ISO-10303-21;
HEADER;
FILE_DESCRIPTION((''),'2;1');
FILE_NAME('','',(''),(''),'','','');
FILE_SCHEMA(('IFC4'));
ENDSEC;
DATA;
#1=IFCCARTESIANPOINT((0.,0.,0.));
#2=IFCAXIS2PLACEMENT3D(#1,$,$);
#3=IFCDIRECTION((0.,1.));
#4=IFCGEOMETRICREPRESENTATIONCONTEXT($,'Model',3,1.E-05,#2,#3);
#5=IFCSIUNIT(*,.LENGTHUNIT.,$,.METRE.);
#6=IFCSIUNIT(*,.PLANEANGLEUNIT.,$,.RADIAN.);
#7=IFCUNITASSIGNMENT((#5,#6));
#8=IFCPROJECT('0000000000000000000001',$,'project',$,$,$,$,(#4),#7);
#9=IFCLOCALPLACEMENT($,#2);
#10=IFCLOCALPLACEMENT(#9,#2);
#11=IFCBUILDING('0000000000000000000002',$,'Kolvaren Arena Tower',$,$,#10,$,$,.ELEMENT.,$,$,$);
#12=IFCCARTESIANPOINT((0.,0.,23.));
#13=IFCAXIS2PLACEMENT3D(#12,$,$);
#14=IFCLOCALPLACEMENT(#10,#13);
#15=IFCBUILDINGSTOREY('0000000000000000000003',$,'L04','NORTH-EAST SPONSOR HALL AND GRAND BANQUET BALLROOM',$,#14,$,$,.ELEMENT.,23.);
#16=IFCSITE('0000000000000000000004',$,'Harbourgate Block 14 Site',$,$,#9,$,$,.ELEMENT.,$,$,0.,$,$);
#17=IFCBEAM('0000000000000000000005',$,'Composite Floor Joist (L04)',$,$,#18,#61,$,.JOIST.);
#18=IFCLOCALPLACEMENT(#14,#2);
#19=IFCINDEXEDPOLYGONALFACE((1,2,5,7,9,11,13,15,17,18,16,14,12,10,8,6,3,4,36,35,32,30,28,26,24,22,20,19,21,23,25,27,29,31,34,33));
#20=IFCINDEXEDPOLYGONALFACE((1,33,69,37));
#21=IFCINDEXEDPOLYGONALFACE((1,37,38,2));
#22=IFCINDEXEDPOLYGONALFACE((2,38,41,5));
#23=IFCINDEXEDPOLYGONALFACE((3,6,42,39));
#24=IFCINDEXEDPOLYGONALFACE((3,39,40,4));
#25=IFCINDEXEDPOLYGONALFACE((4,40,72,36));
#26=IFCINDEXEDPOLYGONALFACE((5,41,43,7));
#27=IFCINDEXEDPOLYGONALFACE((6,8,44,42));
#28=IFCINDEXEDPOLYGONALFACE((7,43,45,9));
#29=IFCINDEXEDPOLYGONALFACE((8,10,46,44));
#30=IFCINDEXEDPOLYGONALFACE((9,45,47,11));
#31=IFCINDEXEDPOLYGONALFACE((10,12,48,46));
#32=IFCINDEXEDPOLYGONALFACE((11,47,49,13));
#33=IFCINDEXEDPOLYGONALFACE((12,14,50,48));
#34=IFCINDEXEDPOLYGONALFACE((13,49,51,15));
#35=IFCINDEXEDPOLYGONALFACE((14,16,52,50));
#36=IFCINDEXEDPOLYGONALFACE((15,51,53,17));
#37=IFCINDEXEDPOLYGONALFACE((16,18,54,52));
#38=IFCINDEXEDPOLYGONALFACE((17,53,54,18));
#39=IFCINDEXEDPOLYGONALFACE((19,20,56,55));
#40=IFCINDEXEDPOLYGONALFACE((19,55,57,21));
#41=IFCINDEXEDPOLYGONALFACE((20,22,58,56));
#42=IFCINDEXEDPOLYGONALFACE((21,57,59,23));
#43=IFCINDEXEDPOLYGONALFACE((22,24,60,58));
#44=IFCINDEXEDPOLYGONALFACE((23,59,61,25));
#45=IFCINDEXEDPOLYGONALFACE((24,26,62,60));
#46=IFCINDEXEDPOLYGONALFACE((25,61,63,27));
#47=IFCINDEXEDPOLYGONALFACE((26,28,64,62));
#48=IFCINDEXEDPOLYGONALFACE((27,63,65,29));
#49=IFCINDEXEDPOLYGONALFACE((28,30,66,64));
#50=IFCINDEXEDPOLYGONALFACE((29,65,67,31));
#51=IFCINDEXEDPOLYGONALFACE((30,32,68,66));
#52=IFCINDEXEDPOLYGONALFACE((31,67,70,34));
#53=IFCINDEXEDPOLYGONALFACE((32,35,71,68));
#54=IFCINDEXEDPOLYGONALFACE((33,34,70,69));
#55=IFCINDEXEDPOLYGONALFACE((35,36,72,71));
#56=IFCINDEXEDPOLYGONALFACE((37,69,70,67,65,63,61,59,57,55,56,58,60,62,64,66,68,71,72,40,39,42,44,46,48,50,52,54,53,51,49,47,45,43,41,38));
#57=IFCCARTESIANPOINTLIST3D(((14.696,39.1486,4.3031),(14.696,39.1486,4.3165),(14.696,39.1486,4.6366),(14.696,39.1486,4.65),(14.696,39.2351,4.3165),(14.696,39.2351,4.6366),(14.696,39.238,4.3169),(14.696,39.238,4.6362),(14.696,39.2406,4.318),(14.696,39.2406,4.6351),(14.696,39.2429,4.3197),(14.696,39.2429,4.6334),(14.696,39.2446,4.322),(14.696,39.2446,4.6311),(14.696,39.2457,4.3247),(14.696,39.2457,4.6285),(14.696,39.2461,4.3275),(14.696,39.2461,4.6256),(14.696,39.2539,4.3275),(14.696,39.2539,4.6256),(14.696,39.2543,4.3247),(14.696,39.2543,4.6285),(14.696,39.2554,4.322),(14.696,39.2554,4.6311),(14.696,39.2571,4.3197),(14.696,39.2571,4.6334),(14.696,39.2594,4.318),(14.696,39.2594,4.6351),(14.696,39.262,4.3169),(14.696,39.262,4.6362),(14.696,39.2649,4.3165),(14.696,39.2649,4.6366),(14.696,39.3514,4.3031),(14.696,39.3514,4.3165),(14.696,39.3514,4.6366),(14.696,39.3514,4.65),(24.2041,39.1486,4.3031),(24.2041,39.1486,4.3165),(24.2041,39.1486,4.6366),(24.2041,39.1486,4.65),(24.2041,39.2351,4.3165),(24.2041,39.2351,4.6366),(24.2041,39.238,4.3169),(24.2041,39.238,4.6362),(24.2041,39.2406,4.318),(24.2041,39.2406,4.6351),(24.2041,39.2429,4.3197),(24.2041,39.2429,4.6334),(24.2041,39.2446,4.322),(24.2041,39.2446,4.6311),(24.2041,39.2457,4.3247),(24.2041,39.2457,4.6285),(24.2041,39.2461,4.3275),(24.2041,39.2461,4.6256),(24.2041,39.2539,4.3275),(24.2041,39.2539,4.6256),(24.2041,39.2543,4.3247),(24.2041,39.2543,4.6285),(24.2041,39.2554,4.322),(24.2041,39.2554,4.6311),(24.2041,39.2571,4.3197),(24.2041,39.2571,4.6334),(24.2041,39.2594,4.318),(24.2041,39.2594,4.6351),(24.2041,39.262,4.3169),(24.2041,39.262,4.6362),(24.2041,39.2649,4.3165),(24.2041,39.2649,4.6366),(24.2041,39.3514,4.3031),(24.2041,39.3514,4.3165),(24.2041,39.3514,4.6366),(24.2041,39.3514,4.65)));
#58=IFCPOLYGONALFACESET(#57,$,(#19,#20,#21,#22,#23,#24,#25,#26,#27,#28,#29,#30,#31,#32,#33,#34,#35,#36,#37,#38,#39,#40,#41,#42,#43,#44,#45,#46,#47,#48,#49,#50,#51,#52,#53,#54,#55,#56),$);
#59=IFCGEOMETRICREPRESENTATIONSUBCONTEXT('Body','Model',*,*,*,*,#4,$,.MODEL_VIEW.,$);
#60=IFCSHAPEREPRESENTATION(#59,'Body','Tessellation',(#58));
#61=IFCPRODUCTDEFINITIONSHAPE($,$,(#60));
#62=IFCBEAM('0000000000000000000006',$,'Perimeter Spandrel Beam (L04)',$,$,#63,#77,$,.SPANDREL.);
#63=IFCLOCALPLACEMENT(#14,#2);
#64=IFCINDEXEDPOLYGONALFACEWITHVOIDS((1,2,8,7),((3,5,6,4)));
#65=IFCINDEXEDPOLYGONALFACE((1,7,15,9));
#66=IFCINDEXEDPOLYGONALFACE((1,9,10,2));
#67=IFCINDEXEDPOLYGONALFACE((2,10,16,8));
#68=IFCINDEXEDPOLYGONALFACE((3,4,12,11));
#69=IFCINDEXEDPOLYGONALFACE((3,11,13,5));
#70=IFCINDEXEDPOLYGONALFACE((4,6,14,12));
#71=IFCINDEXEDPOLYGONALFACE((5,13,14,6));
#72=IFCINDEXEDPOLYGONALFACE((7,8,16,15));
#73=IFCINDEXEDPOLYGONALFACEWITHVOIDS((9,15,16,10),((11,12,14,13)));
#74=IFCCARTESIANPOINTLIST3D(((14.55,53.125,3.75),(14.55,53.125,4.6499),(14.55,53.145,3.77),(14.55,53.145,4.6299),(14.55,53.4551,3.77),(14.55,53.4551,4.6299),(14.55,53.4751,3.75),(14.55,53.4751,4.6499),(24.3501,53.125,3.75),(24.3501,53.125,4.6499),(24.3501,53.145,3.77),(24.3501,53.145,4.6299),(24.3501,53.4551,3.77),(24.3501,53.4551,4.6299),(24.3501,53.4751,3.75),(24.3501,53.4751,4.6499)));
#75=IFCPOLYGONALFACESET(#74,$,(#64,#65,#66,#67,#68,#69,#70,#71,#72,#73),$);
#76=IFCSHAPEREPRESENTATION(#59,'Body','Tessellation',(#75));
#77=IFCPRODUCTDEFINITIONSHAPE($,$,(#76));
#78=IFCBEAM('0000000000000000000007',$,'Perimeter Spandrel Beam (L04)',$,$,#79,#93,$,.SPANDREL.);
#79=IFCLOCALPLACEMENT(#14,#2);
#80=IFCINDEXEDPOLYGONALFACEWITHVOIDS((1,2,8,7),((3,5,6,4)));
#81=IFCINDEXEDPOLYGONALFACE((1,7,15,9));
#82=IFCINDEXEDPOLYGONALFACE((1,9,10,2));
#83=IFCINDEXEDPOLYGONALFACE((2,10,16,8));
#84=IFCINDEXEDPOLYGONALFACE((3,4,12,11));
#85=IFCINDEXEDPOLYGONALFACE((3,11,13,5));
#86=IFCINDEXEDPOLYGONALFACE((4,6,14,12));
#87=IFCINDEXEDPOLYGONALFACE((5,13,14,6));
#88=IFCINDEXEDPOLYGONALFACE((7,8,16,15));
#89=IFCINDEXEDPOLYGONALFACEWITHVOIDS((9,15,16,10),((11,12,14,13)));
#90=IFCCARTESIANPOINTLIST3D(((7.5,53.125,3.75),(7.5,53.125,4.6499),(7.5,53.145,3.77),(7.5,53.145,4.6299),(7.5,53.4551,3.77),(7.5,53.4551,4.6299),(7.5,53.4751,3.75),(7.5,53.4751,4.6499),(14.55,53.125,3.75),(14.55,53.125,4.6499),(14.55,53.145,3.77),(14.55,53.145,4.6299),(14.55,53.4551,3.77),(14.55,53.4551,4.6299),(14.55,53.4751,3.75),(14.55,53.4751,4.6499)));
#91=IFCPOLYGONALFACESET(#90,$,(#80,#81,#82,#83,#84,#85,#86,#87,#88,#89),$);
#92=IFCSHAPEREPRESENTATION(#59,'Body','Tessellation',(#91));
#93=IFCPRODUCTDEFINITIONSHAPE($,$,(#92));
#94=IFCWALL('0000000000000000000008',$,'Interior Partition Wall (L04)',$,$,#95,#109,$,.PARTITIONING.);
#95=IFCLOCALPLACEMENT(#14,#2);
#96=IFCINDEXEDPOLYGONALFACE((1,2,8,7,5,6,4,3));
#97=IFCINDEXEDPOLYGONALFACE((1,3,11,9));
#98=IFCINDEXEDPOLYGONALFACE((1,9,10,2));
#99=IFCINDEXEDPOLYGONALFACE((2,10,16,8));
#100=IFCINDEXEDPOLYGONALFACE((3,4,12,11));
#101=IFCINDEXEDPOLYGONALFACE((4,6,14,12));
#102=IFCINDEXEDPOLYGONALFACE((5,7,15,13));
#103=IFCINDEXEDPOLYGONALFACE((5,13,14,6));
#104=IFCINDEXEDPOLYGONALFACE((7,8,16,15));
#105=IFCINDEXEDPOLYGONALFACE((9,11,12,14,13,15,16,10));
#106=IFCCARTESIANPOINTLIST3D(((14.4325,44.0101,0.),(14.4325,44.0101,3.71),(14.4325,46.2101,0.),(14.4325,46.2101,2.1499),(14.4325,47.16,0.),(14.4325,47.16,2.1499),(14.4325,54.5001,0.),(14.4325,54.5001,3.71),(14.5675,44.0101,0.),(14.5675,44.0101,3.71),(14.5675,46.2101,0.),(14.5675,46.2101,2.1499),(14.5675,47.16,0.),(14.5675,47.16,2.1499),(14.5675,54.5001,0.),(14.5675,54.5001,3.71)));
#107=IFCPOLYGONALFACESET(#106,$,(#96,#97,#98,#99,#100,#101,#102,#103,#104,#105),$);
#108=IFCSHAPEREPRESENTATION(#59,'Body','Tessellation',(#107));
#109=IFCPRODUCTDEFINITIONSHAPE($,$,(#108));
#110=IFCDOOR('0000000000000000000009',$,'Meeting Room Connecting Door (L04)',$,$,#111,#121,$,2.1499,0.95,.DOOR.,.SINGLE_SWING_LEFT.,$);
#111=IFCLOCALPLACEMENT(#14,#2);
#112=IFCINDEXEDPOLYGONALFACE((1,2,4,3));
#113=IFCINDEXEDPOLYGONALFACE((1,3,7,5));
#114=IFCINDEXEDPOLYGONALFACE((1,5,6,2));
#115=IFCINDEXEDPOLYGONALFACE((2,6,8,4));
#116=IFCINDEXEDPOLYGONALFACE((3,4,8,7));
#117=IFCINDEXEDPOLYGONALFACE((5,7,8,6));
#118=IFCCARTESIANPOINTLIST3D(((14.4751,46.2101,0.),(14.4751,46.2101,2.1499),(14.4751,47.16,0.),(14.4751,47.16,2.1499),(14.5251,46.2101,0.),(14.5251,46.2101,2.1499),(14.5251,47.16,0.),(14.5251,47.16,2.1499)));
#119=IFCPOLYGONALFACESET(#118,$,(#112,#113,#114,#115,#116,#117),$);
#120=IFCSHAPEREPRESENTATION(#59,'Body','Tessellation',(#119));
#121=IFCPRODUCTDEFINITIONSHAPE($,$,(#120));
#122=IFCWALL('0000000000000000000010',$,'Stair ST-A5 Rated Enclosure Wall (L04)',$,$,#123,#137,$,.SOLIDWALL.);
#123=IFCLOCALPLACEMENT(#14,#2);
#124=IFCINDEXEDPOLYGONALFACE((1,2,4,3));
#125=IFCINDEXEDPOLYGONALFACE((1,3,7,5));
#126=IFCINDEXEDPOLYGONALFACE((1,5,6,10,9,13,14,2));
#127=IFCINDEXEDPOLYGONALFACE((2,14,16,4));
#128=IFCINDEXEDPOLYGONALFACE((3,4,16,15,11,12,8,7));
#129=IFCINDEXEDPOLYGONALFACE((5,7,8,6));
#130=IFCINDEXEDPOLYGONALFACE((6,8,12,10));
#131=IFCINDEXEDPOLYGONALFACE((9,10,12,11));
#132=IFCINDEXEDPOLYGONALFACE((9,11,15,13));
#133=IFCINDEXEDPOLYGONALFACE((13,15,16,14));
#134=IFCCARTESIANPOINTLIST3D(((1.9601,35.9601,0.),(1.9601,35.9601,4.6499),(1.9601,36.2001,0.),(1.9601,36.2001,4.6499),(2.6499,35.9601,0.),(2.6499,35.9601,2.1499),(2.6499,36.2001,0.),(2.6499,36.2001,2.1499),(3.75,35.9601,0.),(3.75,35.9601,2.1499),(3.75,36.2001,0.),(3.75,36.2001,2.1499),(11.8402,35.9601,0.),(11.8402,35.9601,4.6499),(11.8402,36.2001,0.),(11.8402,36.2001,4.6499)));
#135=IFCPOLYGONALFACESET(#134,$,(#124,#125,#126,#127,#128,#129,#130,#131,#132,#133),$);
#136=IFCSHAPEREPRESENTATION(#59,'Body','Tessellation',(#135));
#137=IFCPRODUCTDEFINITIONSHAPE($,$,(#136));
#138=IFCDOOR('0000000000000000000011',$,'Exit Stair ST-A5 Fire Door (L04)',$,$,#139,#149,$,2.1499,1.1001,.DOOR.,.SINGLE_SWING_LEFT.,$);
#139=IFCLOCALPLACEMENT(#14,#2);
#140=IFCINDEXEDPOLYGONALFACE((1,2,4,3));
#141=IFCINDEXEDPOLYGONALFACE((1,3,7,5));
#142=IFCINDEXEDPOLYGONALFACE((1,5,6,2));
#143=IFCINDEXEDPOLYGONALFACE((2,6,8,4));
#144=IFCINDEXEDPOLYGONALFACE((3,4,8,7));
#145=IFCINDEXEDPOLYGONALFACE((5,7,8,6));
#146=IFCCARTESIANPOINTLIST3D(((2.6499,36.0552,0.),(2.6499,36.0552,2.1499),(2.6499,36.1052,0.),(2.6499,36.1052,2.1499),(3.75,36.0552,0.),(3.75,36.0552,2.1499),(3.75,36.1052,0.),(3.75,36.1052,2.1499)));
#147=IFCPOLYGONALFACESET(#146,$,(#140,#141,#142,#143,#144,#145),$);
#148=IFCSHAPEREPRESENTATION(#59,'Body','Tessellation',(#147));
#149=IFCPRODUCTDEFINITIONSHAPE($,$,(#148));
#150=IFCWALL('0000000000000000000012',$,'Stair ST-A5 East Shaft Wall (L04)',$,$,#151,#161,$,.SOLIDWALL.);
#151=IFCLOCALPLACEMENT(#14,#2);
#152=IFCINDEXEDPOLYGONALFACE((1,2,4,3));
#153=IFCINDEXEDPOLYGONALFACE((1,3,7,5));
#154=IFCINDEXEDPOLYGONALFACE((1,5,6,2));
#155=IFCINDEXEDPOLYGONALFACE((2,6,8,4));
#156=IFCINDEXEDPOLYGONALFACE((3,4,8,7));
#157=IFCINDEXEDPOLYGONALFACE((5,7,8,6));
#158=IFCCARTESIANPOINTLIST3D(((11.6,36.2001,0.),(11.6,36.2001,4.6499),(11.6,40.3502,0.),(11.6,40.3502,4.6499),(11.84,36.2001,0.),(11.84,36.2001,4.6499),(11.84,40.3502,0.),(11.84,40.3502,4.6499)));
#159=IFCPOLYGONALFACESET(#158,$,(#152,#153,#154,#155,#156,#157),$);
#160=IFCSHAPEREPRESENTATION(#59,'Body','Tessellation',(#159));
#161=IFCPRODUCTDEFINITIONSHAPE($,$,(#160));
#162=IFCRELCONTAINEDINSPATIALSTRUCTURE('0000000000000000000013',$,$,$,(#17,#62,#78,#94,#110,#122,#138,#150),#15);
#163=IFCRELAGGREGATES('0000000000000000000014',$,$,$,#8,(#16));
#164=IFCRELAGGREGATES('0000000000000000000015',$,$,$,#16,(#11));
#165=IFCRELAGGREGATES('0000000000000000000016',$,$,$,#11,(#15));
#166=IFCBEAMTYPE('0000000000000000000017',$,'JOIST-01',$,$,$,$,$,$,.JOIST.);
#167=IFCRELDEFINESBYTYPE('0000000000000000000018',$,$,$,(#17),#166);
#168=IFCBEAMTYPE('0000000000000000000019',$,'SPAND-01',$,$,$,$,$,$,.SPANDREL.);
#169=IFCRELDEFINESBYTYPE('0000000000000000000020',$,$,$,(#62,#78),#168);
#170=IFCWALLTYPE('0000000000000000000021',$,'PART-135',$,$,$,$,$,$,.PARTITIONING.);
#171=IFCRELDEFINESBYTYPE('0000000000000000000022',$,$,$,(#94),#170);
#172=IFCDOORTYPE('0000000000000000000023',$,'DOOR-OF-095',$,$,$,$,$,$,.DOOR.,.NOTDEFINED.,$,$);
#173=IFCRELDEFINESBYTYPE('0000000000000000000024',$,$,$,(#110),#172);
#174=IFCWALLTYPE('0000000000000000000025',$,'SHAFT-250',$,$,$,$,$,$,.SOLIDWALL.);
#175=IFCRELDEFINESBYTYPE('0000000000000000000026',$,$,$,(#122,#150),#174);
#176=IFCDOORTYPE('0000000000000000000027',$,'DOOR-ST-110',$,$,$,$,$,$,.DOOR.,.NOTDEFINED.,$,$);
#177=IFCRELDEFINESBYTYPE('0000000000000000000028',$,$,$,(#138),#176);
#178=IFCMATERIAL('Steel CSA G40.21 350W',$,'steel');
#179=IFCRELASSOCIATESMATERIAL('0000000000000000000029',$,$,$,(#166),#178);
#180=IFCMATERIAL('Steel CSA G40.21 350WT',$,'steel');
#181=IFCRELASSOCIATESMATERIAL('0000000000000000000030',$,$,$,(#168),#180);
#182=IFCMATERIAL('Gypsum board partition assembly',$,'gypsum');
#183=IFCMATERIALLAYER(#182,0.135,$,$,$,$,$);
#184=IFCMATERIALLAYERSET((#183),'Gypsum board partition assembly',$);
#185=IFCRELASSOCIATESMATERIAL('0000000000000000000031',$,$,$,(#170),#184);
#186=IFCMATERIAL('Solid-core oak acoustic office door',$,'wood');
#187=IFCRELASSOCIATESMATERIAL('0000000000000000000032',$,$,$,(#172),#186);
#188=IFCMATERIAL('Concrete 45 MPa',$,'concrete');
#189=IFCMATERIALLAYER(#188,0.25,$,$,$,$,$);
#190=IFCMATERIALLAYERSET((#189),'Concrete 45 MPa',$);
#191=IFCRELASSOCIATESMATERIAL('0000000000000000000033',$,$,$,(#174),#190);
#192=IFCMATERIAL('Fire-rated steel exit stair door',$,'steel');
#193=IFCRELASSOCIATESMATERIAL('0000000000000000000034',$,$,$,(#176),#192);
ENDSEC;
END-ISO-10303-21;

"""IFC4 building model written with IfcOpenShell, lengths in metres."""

from ifc_helpers import new_model, si_unit, direction, frame, frame_2d, origin, origin_2d, place, context, subcontext, project, spatial, rectangle, hollow_rectangle, i_section, extrude, material, layer, layer_set, material_profile, profile_set, type_object, element, fill, save


model = new_model("IFC4")

# Units and contexts
model_context = context("Model", 3, precision=1e-05, world=origin(), true_north=direction((0.0, 1.0)))
body_context = subcontext(model_context, "Body", "Model", "MODEL_VIEW")
ifc_project = project(units=[si_unit("LENGTHUNIT", "METRE"), si_unit("PLANEANGLEUNIT", "RADIAN")], contexts=[model_context])

# Site, building, storey
site_placement = place(None, origin())
site = spatial("IfcSite", under=ifc_project, at=site_placement, Name="Harbourgate Block 14 Site", CompositionType="ELEMENT", RefElevation=0.0)
building_placement = place(site_placement, origin())
building = spatial("IfcBuilding", under=site, at=building_placement, Name="Kolvaren Arena Tower", CompositionType="ELEMENT")
storey_placement = place(building_placement, frame((0.0, 0.0, 23.0)))
storey = spatial("IfcBuildingStorey", under=building, at=storey_placement, Name="L04", Description="NORTH-EAST SPONSOR HALL AND GRAND BANQUET BALLROOM", CompositionType="ELEMENT", Elevation=23.0)

# Beams
ifc_material_1 = material(Name="Steel CSA G40.21 350W", Category="steel")
ifc_material_profile_1 = material_profile(ifc_material_1, i_section(OverallWidth=0.2029, OverallDepth=0.3469, WebThickness=0.0078, FlangeThickness=0.0134, FilletRadius=0.011, at=origin_2d()), Name="W360x64")
ifc_profile_set_1 = profile_set([ifc_material_profile_1], Name="Steel CSA G40.21 350W")
beam_type_1 = type_object("IfcBeamType", Name="JOIST-01", PredefinedType="JOIST", material=ifc_profile_set_1)
for number, where, z_axis, x_axis, name in (
    (1, (14.696, 39.25, 4.4766), (1.0, 0.0, 0.0), (0.0, 1.0, 0.0), "Composite Floor Joist (L04)"),
):
    element("IfcBeam", number, at=place(storey_placement, frame(where, z_axis=z_axis, x_axis=x_axis)), inside=storey, type_object=beam_type_1, Name=name, PredefinedType="JOIST", context=body_context, shape_type="SweptSolid", body=[
        extrude(i_section(OverallWidth=0.2029, OverallDepth=0.3469, WebThickness=0.0078, FlangeThickness=0.0134, FilletRadius=0.011, at=origin_2d()), origin(), (0.0, 0.0, 1.0), 9.5081),
    ])
ifc_material_2 = material(Name="Steel CSA G40.21 350WT", Category="steel")
ifc_material_profile_2 = material_profile(ifc_material_2, hollow_rectangle(XDim=0.3501, YDim=0.8999, WallThickness=0.02, at=origin_2d()), Name="HSS 900x350x20")
ifc_profile_set_2 = profile_set([ifc_material_profile_2], Name="Steel CSA G40.21 350WT")
beam_type_2 = type_object("IfcBeamType", Name="SPAND-01", PredefinedType="SPANDREL", material=ifc_profile_set_2)
beam_1_placement = place(storey_placement, frame((24.3501, 53.3, 4.2), z_axis=(-1.0, 0.0, 0.0), x_axis=(0.0, -1.0, 0.0)))
element("IfcBeam", 2, at=beam_1_placement, inside=storey, type_object=beam_type_2, Name="Perimeter Spandrel Beam (L04)", PredefinedType="SPANDREL", context=body_context, shape_type="SweptSolid", body=[
    extrude(hollow_rectangle(XDim=0.3501, YDim=0.8999, WallThickness=0.02, at=origin_2d()), origin(), (0.0, 0.0, 1.0), 9.8),
])
beam_2_placement = place(storey_placement, frame((14.55, 53.3, 4.2), z_axis=(-1.0, 0.0, 0.0), x_axis=(0.0, -1.0, 0.0)))
element("IfcBeam", 3, at=beam_2_placement, inside=storey, type_object=beam_type_2, Name="Perimeter Spandrel Beam (L04)", PredefinedType="SPANDREL", context=body_context, shape_type="SweptSolid", body=[
    extrude(hollow_rectangle(XDim=0.3501, YDim=0.8999, WallThickness=0.02, at=origin_2d()), origin(), (0.0, 0.0, 1.0), 7.05),
])

# Walls, openings, doors
ifc_material_3 = material(Name="Gypsum board partition assembly", Category="gypsum")
ifc_layer_1 = layer(ifc_material_3, 0.135)
ifc_layer_set_1 = layer_set([ifc_layer_1], Name="Gypsum board partition assembly")
wall_type_1 = type_object("IfcWallType", Name="PART-135", PredefinedType="PARTITIONING", material=ifc_layer_set_1)
wall_1_placement = place(storey_placement, frame((14.5, 44.01, 0.0), z_axis=(0.0, 0.0, 1.0), x_axis=(0.0, 1.0, 0.0)))
wall_1 = element("IfcWall", 4, at=wall_1_placement, inside=storey, type_object=wall_type_1, Name="Interior Partition Wall (L04)", PredefinedType="PARTITIONING", context=body_context, shape_type="SweptSolid", body=[
    extrude(rectangle(XDim=10.49, YDim=0.135, at=frame_2d((5.2451, 0.0))), origin(), (0.0, 0.0, 1.0), 3.71),
])
opening_1_placement = place(wall_1_placement, frame((2.2, 0.0, 0.0)))
opening_1 = element("IfcOpeningElement", 5, at=opening_1_placement, cuts=wall_1, PredefinedType="OPENING", context=body_context, shape_type="SweptSolid", body=[
    extrude(rectangle(XDim=0.95, YDim=2.1499, at=frame_2d((0.4751, 1.075))), frame((0.0, 0.0774, 0.0), z_axis=(0.0, -1.0, 0.0), x_axis=(1.0, 0.0, 0.0)), (0.0, 0.0, 1.0), 0.155),
])
ifc_material_4 = material(Name="Solid-core oak acoustic office door", Category="wood")
door_type_1 = type_object("IfcDoorType", Name="DOOR-OF-095", OperationType="NOTDEFINED", PredefinedType="DOOR", material=ifc_material_4)
door_1_placement = place(opening_1_placement, origin())
door_1 = element("IfcDoor", 6, at=door_1_placement, inside=storey, type_object=door_type_1, Name="Meeting Room Connecting Door (L04)", OperationType="SINGLE_SWING_LEFT", OverallHeight=2.1499, OverallWidth=0.95, PredefinedType="DOOR", context=body_context, shape_type="SweptSolid", body=[
    extrude(rectangle(XDim=0.95, YDim=2.1499, at=frame_2d((0.4751, 1.075))), frame((0.0, 0.0249, 0.0), z_axis=(0.0, -1.0, 0.0), x_axis=(1.0, 0.0, 0.0)), (0.0, 0.0, 1.0), 0.05),
])
fill(opening_1, door_1)
ifc_material_5 = material(Name="Concrete 45 MPa", Category="concrete")
ifc_layer_2 = layer(ifc_material_5, 0.25)
ifc_layer_set_2 = layer_set([ifc_layer_2], Name="Concrete 45 MPa")
wall_type_2 = type_object("IfcWallType", Name="SHAFT-250", PredefinedType="SOLIDWALL", material=ifc_layer_set_2)
wall_2_placement = place(storey_placement, frame((11.8401, 36.0801, 0.0), z_axis=(0.0, 0.0, 1.0), x_axis=(-1.0, 0.0, 0.0)))
wall_2 = element("IfcWall", 7, at=wall_2_placement, inside=storey, type_object=wall_type_2, Name="Stair ST-A5 Rated Enclosure Wall (L04)", PredefinedType="SOLIDWALL", context=body_context, shape_type="SweptSolid", body=[
    extrude(rectangle(XDim=9.8801, YDim=0.24, at=frame_2d((4.9399, 0.0))), origin(), (0.0, 0.0, 1.0), 4.6499),
])
opening_2_placement = place(wall_2_placement, frame((8.0901, 0.0, 0.0)))
opening_2 = element("IfcOpeningElement", 8, at=opening_2_placement, cuts=wall_2, PredefinedType="OPENING", context=body_context, shape_type="SweptSolid", body=[
    extrude(rectangle(XDim=1.1001, YDim=2.1499, at=frame_2d((0.55, 1.075))), frame((0.0, 0.1299, 0.0), z_axis=(0.0, -1.0, 0.0), x_axis=(1.0, 0.0, 0.0)), (0.0, 0.0, 1.0), 0.26),
])
ifc_material_6 = material(Name="Fire-rated steel exit stair door", Category="steel")
door_type_2 = type_object("IfcDoorType", Name="DOOR-ST-110", OperationType="NOTDEFINED", PredefinedType="DOOR", material=ifc_material_6)
door_2_placement = place(opening_2_placement, origin())
door_2 = element("IfcDoor", 9, at=door_2_placement, inside=storey, type_object=door_type_2, Name="Exit Stair ST-A5 Fire Door (L04)", OperationType="SINGLE_SWING_LEFT", OverallHeight=2.1499, OverallWidth=1.1001, PredefinedType="DOOR", context=body_context, shape_type="SweptSolid", body=[
    extrude(rectangle(XDim=1.1001, YDim=2.1499, at=frame_2d((0.55, 1.075))), frame((0.0, 0.0249, 0.0), z_axis=(0.0, -1.0, 0.0), x_axis=(1.0, 0.0, 0.0)), (0.0, 0.0, 1.0), 0.05),
])
fill(opening_2, door_2)

# Wall
wall_3_placement = place(storey_placement, frame((11.72, 36.2, 0.0), z_axis=(0.0, 0.0, 1.0), x_axis=(0.0, 1.0, 0.0)))
element("IfcWall", 10, at=wall_3_placement, inside=storey, type_object=wall_type_2, Name="Stair ST-A5 East Shaft Wall (L04)", PredefinedType="SOLIDWALL", context=body_context, shape_type="SweptSolid", body=[
    extrude(rectangle(XDim=4.1501, YDim=0.24, at=frame_2d((2.0752, 0.0))), origin(), (0.0, 0.0, 1.0), 4.6499),
])

save(model, "model.ifc")
